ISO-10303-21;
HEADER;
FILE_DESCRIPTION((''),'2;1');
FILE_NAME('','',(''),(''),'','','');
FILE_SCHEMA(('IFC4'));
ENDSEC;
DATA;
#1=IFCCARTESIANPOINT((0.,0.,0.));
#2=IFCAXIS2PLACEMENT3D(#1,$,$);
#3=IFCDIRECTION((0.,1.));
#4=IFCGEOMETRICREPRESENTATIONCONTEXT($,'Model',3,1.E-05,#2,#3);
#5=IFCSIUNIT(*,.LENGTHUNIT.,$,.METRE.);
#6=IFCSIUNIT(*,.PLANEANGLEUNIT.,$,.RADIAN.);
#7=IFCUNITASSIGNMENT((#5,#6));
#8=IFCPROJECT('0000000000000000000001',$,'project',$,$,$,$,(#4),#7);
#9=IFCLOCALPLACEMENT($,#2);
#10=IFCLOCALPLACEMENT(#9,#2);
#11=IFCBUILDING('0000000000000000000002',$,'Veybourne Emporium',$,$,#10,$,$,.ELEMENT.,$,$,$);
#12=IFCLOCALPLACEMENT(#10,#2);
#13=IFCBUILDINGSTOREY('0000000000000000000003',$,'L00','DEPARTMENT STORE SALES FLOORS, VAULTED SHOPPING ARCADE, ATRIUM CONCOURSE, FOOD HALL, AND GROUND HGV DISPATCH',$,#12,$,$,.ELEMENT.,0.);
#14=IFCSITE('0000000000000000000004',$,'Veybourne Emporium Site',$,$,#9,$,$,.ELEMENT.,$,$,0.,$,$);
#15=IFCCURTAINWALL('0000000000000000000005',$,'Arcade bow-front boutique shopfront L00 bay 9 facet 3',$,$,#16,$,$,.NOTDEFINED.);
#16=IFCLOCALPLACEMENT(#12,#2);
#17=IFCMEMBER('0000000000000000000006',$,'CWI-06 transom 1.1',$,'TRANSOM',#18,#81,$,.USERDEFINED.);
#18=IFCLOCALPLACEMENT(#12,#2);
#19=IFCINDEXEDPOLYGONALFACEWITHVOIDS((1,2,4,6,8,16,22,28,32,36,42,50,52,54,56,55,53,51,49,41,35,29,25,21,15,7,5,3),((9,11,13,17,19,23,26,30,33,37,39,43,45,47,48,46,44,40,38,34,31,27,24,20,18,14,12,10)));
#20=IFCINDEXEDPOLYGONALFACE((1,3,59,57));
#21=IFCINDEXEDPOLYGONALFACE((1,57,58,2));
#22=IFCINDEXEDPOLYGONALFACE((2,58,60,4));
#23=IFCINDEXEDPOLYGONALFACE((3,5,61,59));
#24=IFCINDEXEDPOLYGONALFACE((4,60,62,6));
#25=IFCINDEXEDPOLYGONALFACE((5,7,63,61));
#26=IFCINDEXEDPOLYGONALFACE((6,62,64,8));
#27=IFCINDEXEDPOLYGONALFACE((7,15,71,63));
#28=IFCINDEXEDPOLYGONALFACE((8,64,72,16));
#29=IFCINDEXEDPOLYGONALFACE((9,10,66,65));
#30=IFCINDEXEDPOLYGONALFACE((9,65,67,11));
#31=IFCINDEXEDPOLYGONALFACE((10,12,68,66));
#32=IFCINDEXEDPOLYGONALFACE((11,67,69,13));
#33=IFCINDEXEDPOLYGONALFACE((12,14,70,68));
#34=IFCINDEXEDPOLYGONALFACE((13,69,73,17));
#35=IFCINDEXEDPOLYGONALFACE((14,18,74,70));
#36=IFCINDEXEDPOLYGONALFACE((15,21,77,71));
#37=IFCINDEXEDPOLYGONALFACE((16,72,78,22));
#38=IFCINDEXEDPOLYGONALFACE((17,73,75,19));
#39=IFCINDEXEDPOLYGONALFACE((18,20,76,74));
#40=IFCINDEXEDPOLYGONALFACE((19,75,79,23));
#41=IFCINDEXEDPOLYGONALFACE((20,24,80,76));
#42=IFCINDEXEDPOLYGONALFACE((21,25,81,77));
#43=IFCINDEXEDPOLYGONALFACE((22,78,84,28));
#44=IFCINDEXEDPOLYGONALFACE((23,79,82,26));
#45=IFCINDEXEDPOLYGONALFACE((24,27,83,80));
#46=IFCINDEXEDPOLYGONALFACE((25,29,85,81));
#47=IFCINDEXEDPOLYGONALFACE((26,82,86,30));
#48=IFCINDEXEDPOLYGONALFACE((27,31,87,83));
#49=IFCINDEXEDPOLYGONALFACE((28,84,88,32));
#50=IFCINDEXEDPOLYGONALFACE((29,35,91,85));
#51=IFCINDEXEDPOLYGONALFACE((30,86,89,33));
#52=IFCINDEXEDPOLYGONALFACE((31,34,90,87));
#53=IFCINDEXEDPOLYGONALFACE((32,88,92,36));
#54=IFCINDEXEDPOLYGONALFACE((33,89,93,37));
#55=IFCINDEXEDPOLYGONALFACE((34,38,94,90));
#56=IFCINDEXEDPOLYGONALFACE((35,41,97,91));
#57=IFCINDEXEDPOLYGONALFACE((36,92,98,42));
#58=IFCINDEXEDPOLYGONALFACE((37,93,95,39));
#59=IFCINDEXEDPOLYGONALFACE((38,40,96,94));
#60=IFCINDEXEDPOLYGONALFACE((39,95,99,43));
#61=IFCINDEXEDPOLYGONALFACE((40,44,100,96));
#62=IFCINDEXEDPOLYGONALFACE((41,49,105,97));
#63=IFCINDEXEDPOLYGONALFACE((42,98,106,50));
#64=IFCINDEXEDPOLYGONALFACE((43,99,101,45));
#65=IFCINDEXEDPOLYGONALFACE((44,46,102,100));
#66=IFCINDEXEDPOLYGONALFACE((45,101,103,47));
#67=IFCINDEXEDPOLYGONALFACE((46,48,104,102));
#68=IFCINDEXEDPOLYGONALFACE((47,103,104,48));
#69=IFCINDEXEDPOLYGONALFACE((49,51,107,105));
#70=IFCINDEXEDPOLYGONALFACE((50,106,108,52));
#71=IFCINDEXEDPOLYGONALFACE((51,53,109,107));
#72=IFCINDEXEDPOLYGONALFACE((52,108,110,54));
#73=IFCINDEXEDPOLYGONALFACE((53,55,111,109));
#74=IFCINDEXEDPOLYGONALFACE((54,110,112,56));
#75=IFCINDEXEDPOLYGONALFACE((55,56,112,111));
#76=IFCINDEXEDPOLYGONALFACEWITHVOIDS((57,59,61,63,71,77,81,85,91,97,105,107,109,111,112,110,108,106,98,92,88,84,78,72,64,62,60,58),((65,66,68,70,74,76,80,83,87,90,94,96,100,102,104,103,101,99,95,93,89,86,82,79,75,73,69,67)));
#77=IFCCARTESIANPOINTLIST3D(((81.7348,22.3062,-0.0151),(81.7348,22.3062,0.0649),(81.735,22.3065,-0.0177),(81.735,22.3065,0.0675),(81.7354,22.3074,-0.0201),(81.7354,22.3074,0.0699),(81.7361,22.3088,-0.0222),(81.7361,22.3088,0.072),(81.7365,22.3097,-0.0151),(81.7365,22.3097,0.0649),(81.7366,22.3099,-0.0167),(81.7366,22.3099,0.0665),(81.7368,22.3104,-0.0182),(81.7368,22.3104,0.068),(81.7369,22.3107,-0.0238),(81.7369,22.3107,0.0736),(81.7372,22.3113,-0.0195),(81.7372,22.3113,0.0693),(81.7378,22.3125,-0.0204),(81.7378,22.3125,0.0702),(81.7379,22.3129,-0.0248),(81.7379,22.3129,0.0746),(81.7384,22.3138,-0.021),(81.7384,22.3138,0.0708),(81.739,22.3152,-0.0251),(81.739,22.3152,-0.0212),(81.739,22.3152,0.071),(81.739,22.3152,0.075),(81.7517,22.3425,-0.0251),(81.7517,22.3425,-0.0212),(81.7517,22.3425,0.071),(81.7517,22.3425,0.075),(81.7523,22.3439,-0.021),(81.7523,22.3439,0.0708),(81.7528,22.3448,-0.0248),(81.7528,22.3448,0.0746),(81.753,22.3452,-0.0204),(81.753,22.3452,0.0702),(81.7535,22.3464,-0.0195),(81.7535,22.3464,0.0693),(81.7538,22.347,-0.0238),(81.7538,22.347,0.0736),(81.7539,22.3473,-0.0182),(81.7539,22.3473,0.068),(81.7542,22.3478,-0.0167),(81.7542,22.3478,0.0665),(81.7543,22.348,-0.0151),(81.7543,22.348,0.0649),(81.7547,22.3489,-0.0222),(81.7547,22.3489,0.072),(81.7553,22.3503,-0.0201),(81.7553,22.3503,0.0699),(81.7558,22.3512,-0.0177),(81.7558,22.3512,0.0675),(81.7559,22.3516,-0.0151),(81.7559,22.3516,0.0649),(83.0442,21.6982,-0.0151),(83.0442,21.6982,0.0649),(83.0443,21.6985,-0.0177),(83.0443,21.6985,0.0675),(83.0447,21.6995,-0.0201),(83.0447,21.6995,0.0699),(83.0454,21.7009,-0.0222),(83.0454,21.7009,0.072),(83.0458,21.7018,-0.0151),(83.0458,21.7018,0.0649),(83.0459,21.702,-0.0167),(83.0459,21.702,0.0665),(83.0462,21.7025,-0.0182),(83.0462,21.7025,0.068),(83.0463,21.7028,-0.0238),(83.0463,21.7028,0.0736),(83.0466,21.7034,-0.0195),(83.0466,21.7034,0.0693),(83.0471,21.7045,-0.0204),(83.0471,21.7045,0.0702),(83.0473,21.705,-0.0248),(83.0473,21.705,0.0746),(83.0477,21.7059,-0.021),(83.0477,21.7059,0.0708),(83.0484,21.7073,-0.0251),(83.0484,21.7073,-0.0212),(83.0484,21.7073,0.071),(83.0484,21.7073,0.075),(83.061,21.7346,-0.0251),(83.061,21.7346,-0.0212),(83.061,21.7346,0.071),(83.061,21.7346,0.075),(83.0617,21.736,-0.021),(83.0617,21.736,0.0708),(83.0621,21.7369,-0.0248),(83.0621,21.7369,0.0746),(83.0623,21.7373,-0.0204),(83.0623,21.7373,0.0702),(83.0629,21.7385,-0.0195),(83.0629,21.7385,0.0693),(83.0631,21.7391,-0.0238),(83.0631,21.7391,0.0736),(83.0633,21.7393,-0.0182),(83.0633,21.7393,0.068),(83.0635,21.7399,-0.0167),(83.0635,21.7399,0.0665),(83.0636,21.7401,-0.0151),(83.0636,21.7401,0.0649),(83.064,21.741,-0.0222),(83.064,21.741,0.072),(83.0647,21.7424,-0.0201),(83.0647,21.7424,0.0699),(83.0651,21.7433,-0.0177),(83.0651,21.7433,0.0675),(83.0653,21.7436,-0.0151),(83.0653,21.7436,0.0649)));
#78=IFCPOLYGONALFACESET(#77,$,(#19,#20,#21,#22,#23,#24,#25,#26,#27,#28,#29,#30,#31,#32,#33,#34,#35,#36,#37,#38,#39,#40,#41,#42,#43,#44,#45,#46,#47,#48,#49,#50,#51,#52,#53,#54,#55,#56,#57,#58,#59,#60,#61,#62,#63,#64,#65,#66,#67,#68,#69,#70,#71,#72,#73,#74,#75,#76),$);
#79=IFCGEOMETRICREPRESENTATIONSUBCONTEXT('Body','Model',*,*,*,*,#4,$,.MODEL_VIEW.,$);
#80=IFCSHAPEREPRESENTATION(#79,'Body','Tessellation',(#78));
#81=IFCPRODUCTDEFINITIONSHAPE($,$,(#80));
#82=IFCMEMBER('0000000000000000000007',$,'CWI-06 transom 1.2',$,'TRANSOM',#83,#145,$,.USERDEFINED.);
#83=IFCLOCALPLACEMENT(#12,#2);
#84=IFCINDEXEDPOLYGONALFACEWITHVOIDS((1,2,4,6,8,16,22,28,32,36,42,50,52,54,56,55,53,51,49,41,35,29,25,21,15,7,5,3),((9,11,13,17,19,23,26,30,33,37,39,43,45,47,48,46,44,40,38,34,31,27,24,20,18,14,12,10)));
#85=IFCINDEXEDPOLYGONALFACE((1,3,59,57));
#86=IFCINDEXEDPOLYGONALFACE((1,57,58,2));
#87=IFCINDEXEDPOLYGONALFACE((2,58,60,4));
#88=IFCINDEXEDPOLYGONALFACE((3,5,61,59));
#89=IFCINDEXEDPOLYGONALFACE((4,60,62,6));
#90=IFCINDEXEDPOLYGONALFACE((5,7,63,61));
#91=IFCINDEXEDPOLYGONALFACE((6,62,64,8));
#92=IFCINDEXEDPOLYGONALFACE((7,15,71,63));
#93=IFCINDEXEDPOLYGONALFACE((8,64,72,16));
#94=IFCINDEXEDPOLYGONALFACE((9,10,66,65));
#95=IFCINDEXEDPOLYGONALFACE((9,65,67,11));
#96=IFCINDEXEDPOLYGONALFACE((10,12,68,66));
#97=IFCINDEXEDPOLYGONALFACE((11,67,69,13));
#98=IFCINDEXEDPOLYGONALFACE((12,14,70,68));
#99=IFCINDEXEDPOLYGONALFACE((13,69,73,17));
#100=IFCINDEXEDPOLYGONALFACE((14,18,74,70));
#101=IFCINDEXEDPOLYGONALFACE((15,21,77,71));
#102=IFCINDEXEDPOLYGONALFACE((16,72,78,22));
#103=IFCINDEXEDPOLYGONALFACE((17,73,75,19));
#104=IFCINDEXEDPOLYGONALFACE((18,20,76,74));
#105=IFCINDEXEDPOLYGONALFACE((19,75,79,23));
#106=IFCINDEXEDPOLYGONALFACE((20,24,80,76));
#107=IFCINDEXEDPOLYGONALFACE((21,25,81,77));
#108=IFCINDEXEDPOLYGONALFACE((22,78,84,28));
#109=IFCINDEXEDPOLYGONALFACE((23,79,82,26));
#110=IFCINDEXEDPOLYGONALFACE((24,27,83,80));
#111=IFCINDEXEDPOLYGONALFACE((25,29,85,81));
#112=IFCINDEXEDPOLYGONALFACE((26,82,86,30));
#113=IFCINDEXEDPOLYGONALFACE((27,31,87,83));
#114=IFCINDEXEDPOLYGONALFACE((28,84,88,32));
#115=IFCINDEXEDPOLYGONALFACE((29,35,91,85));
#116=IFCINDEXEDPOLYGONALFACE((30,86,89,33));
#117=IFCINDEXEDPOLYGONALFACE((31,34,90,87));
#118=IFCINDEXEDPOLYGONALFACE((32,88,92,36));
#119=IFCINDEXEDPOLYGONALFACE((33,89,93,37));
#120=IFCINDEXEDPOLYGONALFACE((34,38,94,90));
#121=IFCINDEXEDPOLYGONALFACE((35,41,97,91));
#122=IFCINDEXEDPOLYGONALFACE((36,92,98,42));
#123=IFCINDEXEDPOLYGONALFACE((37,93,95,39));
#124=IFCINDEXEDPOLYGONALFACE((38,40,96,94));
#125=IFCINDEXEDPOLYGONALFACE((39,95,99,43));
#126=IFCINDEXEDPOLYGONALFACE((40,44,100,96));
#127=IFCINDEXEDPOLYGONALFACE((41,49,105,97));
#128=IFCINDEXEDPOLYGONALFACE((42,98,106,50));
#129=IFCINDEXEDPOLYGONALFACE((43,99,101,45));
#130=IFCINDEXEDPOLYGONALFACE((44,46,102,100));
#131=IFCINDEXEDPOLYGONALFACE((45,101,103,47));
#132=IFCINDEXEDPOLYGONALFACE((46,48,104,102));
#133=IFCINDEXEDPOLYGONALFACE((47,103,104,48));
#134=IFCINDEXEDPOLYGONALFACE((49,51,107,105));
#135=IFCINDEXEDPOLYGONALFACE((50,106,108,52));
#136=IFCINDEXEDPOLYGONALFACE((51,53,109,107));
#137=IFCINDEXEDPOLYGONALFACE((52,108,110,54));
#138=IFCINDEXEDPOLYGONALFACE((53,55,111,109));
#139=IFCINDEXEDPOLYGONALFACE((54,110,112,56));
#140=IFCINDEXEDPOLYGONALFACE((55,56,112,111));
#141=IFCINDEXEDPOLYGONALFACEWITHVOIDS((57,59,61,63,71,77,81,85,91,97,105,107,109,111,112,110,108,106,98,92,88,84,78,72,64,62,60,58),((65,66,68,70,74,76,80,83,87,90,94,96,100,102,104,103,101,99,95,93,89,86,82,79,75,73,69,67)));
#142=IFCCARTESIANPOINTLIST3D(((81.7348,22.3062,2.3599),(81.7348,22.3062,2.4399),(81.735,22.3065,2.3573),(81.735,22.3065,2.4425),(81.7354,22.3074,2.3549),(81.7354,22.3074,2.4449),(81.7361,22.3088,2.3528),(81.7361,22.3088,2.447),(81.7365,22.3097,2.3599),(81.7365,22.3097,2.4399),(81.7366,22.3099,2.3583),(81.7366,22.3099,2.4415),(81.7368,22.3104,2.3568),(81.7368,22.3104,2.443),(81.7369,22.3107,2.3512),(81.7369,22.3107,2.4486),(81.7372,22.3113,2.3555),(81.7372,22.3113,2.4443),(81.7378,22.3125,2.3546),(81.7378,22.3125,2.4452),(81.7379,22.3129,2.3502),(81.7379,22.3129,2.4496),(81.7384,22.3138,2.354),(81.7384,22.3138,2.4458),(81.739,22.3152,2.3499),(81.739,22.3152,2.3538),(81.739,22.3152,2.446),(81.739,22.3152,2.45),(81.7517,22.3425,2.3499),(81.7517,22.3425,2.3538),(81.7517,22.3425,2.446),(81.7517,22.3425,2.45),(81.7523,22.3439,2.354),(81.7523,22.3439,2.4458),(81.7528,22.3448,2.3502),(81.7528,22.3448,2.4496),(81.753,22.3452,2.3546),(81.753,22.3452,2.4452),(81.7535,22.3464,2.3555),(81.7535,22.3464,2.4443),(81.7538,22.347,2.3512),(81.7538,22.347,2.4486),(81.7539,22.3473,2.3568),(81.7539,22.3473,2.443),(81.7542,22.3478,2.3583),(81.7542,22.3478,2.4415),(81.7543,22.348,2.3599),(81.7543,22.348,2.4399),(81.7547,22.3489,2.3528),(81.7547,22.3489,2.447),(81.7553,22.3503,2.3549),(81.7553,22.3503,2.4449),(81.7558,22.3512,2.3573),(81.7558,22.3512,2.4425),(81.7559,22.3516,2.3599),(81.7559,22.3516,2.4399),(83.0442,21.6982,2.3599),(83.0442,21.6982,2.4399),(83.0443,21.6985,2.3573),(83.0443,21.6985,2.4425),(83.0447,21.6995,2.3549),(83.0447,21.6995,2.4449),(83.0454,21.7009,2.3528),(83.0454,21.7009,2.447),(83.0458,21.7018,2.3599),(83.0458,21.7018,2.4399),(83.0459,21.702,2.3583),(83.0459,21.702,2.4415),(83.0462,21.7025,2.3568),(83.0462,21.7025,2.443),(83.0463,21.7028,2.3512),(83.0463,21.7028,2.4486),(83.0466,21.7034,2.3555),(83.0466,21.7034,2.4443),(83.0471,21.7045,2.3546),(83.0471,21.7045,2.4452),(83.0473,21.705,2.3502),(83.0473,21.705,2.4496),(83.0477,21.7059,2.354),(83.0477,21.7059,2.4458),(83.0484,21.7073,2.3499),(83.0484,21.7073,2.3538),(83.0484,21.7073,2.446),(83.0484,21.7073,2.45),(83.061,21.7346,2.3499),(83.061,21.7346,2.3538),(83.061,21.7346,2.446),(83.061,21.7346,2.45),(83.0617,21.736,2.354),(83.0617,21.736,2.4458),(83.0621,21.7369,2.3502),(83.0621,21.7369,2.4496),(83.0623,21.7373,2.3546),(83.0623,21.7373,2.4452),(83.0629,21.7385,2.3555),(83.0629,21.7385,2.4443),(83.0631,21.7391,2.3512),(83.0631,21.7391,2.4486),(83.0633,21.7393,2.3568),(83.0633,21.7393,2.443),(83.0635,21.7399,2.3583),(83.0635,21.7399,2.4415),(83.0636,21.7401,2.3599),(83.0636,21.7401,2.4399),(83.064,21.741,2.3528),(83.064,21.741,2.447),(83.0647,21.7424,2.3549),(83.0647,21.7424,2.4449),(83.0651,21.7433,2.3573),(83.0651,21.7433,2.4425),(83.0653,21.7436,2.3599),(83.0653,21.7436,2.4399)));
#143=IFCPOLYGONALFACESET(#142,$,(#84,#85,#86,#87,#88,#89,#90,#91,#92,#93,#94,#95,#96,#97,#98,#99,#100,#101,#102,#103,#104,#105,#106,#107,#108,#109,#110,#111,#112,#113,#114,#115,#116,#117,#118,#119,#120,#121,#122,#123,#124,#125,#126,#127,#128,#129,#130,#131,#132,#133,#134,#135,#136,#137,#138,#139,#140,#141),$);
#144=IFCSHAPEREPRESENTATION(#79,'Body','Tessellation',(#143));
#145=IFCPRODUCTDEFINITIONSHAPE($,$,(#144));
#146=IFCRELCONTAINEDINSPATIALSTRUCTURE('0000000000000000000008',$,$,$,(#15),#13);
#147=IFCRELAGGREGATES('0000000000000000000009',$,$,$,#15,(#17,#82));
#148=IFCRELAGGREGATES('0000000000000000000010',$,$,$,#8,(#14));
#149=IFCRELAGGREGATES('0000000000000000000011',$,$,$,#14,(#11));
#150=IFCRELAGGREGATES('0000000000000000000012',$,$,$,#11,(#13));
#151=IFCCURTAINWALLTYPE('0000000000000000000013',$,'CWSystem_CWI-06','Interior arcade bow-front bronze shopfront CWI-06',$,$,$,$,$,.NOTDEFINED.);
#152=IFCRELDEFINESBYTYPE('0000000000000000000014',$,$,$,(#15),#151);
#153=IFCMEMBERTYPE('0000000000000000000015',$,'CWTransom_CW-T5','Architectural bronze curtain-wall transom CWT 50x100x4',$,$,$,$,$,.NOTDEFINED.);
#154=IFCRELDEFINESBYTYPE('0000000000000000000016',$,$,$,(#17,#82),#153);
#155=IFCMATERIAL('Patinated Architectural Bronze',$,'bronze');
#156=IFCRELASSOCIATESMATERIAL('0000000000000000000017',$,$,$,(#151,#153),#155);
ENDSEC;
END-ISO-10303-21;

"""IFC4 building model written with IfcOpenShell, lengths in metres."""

from ifc_helpers import new_model, si_unit, direction, frame, origin, origin_2d, place, context, subcontext, project, spatial, hollow_rectangle, extrude, material, material_profile, profile_set, type_object, element, aggregate, save


model = new_model("IFC4")

# Units and contexts
model_context = context("Model", 3, precision=1e-05, world=origin(), true_north=direction((0.0, 1.0)))
body_context = subcontext(model_context, "Body", "Model", "MODEL_VIEW")
ifc_project = project(units=[si_unit("LENGTHUNIT", "METRE"), si_unit("PLANEANGLEUNIT", "RADIAN")], contexts=[model_context])

# Site, building, storey
site_placement = place(None, origin())
site = spatial("IfcSite", under=ifc_project, at=site_placement, Name="Veybourne Emporium Site", CompositionType="ELEMENT", RefElevation=0.0)
building_placement = place(site_placement, origin())
building = spatial("IfcBuilding", under=site, at=building_placement, Name="Veybourne Emporium", CompositionType="ELEMENT")
storey_placement = place(building_placement, origin())
storey = spatial("IfcBuildingStorey", under=building, at=storey_placement, Name="L00", Description="DEPARTMENT STORE SALES FLOORS, VAULTED SHOPPING ARCADE, ATRIUM CONCOURSE, FOOD HALL, AND GROUND HGV DISPATCH", CompositionType="ELEMENT", Elevation=0.0)

# Shared definitions
ifc_material_1 = material(Name="Patinated Architectural Bronze", Category="bronze")

# Curtain wall
curtain_wall_type_1 = type_object("IfcCurtainWallType", Name="CWSystem_CWI-06", Description="Interior arcade bow-front bronze shopfront CWI-06", PredefinedType="NOTDEFINED", material=ifc_material_1)
curtain_wall_1_placement = place(storey_placement, origin())
curtain_wall_1 = element("IfcCurtainWall", 1, at=curtain_wall_1_placement, inside=storey, type_object=curtain_wall_type_1, Name="Arcade bow-front boutique shopfront L00 bay 9 facet 3", PredefinedType="NOTDEFINED")

# Members
ifc_material_profile_1 = material_profile(ifc_material_1, hollow_rectangle(XDim=0.05, YDim=0.1001, WallThickness=0.0039, InnerFilletRadius=0.0061, OuterFilletRadius=0.01, at=origin_2d()), Name="CWT 50x100x4")
ifc_profile_set_1 = profile_set([ifc_material_profile_1], Name="Patinated Architectural Bronze")
member_type_1 = type_object("IfcMemberType", Name="CWTransom_CW-T5", Description="Architectural bronze curtain-wall transom CWT 50x100x4", PredefinedType="NOTDEFINED", material=ifc_profile_set_1)
member_1_placement = place(storey_placement, frame((81.7454, 22.3289, 0.0249), z_axis=(0.907007, -0.421116, 0.0), x_axis=(0.421116, 0.907007, 0.0)))
member_1 = element("IfcMember", 2, at=member_1_placement, type_object=member_type_1, Name="CWI-06 transom 1.1", ObjectType="TRANSOM", PredefinedType="USERDEFINED", context=body_context, shape_type="SweptSolid", body=[
    extrude(hollow_rectangle(XDim=0.05, YDim=0.1001, WallThickness=0.0039, InnerFilletRadius=0.0061, OuterFilletRadius=0.01, at=origin_2d()), origin(), (0.0, 0.0, 1.0), 1.4436),
])
member_2_placement = place(storey_placement, frame((81.7454, 22.3289, 2.3999), z_axis=(0.907007, -0.421116, 0.0), x_axis=(0.421116, 0.907007, 0.0)))
member_2 = element("IfcMember", 3, at=member_2_placement, type_object=member_type_1, Name="CWI-06 transom 1.2", ObjectType="TRANSOM", PredefinedType="USERDEFINED", context=body_context, shape_type="SweptSolid", body=[
    extrude(hollow_rectangle(XDim=0.05, YDim=0.1001, WallThickness=0.0039, InnerFilletRadius=0.0061, OuterFilletRadius=0.01, at=origin_2d()), origin(), (0.0, 0.0, 1.0), 1.4436),
])

aggregate(curtain_wall_1, [member_1, member_2])

save(model, "model.ifc")
